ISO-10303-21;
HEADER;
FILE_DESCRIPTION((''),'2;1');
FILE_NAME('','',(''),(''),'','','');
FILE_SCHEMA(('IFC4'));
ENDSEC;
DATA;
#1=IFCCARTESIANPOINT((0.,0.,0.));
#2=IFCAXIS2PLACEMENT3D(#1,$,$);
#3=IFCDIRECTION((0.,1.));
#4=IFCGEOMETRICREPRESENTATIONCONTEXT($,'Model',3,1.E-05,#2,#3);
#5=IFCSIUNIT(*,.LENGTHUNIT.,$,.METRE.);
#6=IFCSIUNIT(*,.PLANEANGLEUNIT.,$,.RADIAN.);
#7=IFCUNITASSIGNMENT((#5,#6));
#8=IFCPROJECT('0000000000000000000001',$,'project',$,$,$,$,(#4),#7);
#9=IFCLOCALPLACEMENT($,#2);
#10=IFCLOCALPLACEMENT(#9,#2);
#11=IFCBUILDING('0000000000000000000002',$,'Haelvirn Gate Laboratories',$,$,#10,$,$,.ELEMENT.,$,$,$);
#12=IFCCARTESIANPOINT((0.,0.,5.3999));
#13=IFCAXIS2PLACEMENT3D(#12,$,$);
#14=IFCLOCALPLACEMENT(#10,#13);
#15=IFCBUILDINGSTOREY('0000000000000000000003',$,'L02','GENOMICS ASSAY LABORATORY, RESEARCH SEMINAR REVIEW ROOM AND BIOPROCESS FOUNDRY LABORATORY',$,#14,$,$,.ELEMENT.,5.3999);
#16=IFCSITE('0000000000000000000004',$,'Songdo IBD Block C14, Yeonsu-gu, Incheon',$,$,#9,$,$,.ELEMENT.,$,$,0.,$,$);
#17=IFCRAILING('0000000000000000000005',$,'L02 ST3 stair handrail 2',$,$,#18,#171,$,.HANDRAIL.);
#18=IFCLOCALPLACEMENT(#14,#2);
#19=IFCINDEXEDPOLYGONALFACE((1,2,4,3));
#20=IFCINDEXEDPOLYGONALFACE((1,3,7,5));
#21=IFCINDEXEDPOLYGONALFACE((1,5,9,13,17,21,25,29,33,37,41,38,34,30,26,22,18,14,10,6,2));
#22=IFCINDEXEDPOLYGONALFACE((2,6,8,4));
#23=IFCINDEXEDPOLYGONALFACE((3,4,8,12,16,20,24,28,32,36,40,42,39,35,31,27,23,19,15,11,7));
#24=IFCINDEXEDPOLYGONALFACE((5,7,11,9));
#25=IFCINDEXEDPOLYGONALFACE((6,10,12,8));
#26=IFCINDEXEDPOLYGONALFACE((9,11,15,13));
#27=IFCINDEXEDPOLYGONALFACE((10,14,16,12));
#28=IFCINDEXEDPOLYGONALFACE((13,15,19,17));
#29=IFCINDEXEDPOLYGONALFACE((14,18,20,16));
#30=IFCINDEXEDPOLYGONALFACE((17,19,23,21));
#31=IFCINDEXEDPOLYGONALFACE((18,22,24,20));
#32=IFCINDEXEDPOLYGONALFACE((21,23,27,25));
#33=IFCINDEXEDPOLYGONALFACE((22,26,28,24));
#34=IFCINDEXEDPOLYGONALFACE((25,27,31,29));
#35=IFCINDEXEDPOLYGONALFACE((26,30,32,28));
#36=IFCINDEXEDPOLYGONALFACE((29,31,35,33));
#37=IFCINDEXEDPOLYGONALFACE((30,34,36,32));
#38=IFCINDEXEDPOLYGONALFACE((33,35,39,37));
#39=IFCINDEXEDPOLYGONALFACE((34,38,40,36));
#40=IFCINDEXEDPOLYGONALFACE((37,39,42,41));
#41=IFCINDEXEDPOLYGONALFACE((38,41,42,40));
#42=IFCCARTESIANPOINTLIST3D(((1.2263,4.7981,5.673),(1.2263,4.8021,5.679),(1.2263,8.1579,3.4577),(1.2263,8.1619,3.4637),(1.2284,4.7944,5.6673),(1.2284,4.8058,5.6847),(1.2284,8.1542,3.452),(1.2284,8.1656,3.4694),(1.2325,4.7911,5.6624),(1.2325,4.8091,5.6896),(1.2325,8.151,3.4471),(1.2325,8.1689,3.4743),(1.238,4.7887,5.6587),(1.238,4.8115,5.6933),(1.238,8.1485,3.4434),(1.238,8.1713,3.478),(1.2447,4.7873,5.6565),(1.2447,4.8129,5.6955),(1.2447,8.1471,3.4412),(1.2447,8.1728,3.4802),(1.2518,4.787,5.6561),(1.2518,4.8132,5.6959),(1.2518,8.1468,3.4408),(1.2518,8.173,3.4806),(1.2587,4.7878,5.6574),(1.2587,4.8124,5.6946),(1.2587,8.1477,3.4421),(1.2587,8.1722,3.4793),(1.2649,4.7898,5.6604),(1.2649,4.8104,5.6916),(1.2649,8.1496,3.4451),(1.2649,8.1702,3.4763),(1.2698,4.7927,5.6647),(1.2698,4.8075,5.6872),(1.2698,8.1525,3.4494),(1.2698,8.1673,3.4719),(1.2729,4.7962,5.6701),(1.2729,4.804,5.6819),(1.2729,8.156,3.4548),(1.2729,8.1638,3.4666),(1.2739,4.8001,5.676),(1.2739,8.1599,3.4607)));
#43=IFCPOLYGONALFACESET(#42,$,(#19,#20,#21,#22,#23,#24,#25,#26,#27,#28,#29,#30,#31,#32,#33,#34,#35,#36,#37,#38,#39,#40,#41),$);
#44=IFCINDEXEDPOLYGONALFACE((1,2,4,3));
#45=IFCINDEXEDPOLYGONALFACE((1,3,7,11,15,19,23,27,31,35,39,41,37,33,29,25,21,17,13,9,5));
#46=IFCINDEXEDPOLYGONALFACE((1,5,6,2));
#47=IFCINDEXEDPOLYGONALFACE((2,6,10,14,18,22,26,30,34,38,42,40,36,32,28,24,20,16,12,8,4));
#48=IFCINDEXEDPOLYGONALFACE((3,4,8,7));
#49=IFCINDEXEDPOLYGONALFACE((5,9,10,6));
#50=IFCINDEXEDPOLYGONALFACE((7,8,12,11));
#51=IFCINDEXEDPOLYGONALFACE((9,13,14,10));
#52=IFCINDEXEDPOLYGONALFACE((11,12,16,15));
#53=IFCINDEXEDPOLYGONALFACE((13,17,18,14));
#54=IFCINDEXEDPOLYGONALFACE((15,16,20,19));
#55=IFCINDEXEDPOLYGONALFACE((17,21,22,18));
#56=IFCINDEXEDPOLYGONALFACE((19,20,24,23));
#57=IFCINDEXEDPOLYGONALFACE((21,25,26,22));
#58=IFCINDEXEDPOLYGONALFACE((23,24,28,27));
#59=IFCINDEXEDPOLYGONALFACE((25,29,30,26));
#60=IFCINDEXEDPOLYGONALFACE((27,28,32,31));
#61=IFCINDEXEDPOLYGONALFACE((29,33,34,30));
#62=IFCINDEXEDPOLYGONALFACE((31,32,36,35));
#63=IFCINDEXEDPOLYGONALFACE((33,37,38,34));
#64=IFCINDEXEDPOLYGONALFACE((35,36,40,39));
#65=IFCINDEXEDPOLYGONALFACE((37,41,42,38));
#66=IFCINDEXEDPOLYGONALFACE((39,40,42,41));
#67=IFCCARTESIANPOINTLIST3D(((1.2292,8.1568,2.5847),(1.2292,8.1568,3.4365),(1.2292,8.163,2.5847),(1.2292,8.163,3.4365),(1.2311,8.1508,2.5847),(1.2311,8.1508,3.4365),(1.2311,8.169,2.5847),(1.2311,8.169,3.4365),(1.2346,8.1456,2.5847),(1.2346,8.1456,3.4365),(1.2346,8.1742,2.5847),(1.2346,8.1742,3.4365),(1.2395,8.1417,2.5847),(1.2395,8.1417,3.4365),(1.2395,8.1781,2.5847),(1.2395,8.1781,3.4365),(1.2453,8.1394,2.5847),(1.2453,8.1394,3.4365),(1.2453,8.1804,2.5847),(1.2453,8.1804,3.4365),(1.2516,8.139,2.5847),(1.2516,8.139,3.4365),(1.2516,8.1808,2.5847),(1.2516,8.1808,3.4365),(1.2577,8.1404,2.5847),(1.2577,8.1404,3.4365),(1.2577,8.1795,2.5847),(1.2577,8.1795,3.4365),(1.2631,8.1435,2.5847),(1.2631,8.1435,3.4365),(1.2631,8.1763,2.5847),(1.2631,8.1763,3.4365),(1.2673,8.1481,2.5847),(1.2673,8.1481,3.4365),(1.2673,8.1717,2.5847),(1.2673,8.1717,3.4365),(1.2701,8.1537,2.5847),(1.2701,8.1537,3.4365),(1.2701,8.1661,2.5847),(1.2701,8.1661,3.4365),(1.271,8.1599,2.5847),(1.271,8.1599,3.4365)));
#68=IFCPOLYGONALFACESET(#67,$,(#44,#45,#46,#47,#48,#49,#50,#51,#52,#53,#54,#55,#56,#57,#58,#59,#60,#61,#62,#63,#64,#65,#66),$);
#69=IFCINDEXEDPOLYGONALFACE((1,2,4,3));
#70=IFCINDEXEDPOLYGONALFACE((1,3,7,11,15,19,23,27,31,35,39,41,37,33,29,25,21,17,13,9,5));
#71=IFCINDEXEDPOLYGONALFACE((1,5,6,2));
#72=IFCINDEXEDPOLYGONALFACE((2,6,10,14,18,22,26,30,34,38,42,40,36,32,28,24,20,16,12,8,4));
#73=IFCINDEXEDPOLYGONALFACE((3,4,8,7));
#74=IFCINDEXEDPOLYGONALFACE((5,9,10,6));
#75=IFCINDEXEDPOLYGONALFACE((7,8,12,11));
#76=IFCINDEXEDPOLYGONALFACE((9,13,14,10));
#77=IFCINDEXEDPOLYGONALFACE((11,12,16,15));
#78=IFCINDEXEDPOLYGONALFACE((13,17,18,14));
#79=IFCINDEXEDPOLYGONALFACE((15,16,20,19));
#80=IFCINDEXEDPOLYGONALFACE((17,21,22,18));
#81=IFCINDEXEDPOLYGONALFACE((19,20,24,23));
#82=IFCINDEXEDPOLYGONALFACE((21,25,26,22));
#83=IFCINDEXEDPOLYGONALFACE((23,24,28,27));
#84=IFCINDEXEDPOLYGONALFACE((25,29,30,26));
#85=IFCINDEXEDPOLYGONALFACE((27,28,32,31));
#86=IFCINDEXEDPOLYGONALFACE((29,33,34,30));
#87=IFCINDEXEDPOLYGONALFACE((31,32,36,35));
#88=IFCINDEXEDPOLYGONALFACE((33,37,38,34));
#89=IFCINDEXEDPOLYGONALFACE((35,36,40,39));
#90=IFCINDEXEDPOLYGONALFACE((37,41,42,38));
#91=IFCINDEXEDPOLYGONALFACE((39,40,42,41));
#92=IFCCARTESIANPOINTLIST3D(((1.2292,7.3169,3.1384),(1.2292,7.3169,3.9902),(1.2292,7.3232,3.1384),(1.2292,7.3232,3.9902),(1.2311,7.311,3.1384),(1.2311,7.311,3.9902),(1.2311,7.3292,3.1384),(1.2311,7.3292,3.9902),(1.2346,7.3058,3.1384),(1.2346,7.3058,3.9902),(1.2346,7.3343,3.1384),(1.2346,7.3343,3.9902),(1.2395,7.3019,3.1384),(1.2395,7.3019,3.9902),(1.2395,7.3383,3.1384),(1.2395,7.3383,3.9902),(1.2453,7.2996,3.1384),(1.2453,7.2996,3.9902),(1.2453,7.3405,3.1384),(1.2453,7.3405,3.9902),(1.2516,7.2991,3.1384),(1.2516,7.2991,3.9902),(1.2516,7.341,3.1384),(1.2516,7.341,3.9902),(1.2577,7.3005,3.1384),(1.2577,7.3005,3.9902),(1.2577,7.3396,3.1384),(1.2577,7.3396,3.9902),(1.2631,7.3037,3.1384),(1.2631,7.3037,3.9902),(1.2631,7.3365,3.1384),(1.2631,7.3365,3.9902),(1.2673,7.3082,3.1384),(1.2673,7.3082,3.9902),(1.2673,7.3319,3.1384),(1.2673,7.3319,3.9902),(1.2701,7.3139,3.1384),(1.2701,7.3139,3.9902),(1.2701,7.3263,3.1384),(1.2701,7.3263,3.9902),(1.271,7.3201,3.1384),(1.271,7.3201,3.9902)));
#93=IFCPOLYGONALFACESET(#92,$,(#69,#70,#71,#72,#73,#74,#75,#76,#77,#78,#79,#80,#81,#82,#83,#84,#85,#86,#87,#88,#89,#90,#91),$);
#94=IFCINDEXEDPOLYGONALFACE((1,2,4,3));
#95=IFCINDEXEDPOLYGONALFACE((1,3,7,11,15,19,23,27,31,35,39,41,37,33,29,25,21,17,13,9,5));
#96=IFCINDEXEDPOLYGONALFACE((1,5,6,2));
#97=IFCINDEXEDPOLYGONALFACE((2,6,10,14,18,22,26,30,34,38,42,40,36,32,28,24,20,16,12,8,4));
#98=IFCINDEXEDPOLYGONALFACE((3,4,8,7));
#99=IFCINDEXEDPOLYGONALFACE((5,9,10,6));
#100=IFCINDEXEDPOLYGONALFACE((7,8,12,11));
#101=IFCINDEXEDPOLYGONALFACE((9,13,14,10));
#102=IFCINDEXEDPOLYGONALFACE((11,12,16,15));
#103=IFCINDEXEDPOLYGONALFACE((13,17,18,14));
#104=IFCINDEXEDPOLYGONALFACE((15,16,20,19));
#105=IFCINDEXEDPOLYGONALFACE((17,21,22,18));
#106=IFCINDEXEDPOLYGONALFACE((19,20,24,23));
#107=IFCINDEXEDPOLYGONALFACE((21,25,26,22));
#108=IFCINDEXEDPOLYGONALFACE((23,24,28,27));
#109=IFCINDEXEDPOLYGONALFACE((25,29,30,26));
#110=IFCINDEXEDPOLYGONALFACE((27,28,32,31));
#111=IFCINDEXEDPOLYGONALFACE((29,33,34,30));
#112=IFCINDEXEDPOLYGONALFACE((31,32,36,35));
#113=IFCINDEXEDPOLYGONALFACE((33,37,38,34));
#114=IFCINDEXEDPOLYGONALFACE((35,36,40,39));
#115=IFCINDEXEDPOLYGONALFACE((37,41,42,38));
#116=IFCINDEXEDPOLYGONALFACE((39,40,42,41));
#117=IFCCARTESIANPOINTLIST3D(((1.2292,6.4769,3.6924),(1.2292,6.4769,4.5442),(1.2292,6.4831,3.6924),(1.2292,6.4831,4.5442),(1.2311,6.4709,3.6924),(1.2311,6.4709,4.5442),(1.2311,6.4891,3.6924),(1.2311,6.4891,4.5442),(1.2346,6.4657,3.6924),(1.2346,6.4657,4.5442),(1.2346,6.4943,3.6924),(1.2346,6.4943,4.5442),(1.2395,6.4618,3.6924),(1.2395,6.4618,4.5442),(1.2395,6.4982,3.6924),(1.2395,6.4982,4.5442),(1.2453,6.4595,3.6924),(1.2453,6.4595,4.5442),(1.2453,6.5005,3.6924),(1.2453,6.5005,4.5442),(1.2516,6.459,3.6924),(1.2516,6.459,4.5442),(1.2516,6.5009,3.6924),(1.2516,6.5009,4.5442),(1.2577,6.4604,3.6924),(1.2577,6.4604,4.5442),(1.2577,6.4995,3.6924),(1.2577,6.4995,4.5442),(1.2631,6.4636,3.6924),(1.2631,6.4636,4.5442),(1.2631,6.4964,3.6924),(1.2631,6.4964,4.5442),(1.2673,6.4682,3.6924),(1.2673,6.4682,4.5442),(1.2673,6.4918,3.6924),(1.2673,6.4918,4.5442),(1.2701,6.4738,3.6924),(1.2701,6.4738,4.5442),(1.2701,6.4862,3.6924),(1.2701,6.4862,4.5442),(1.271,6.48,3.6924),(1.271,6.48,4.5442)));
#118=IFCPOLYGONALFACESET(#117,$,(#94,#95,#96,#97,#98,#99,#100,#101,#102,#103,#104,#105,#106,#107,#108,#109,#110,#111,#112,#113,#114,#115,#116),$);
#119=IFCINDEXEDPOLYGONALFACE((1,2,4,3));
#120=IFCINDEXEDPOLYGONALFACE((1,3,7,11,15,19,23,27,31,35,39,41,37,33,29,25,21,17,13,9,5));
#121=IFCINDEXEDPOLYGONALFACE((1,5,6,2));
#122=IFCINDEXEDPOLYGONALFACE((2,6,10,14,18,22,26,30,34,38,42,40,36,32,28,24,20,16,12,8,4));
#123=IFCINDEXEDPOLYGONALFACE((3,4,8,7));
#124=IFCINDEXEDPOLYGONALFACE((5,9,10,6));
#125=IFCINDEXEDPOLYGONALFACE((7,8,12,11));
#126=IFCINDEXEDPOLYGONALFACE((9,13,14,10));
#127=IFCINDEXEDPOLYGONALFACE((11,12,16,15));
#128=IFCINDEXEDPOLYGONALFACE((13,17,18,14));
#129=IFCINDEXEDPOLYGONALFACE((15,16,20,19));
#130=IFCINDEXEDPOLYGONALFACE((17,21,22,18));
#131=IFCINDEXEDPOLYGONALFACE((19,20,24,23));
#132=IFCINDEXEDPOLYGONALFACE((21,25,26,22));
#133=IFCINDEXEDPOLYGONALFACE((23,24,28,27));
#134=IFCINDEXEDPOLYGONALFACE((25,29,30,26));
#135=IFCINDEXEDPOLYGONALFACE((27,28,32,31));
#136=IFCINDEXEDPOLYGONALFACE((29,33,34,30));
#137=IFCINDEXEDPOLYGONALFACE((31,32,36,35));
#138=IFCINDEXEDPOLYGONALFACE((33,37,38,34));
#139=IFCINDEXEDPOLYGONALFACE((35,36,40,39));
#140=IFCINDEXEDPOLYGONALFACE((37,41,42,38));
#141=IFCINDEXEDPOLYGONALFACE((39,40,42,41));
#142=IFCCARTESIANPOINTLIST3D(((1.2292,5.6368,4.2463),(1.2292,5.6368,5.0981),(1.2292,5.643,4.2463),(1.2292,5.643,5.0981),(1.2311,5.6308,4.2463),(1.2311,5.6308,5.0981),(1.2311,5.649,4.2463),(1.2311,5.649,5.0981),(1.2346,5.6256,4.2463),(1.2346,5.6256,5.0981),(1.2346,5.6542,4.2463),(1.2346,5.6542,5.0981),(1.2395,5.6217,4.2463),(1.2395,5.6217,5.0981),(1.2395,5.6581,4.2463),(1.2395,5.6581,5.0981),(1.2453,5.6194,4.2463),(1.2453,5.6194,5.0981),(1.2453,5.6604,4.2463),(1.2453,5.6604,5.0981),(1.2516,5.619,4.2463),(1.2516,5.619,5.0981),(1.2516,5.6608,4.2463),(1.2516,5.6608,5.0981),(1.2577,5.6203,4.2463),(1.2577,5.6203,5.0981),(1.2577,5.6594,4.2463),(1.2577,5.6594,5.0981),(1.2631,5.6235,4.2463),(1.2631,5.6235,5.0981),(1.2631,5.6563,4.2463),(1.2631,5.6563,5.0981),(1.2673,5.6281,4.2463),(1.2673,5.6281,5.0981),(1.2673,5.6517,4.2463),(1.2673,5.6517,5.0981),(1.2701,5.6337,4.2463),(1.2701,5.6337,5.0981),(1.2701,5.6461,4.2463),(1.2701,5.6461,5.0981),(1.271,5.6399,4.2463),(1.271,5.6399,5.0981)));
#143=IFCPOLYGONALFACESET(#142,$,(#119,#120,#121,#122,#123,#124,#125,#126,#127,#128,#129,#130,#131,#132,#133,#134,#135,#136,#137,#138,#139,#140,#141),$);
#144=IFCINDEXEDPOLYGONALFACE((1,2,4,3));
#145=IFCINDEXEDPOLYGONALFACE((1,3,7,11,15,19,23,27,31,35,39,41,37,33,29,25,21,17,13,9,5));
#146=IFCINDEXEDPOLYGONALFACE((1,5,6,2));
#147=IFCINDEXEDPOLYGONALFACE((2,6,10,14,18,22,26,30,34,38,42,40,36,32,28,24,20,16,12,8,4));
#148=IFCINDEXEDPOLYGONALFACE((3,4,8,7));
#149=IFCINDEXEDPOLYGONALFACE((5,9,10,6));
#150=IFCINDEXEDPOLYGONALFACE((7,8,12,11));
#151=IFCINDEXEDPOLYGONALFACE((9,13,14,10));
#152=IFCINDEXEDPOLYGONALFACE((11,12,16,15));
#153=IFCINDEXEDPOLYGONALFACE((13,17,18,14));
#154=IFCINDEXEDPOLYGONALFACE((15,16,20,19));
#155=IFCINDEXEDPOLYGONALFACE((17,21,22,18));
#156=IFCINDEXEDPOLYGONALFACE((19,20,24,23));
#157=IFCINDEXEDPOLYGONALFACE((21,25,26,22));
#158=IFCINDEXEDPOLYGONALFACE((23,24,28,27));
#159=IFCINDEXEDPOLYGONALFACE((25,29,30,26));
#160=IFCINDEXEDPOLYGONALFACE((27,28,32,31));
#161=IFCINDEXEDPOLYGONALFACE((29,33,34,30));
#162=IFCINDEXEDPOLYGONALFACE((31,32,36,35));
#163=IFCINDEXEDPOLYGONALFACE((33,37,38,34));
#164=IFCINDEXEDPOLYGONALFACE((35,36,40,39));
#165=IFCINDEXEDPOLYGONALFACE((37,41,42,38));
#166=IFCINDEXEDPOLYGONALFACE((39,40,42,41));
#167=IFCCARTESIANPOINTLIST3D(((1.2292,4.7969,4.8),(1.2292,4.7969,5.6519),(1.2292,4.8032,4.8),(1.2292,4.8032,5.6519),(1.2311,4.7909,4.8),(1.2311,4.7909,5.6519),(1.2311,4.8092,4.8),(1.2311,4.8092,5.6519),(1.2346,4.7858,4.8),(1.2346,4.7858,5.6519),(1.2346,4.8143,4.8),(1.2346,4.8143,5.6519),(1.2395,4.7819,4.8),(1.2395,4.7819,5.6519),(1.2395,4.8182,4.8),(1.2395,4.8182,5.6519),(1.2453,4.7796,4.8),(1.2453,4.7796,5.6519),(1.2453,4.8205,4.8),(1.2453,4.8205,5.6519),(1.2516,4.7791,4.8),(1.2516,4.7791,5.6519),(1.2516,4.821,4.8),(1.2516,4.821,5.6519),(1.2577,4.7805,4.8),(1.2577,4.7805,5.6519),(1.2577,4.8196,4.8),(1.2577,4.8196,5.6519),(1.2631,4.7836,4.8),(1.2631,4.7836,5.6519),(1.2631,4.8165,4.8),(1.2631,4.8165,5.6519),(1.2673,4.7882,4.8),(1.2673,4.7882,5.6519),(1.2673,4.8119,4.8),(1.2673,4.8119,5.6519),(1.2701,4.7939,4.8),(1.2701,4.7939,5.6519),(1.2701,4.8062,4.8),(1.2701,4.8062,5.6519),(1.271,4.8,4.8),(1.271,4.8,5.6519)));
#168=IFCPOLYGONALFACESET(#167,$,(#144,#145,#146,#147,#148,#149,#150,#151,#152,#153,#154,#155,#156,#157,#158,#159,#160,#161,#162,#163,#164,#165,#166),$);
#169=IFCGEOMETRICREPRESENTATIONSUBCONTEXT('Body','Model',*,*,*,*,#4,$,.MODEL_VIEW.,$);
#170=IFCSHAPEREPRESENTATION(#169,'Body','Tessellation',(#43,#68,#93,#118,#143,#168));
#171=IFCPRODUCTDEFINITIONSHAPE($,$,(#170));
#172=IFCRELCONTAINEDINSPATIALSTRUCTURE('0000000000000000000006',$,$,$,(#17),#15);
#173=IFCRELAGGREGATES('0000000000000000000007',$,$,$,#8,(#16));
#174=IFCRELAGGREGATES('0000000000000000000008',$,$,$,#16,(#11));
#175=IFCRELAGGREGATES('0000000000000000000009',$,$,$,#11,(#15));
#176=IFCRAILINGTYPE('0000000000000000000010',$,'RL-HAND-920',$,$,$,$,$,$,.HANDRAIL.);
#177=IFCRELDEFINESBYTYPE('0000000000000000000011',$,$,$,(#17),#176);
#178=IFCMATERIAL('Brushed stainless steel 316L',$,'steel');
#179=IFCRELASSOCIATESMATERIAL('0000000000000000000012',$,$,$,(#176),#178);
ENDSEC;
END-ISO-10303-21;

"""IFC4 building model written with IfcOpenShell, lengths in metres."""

from ifc_helpers import new_model, si_unit, direction, frame, origin, origin_2d, place, context, subcontext, project, spatial, circle, extrude, source, transform, mapped, material, type_object, type_shapes, element, save


model = new_model("IFC4")

# Units and contexts
model_context = context("Model", 3, precision=1e-05, world=origin(), true_north=direction((0.0, 1.0)))
body_context = subcontext(model_context, "Body", "Model", "MODEL_VIEW")
ifc_project = project(units=[si_unit("LENGTHUNIT", "METRE"), si_unit("PLANEANGLEUNIT", "RADIAN")], contexts=[model_context])

# Site, building, storey
site_placement = place(None, origin())
site = spatial("IfcSite", under=ifc_project, at=site_placement, Name="Songdo IBD Block C14, Yeonsu-gu, Incheon", CompositionType="ELEMENT", RefElevation=0.0)
building_placement = place(site_placement, origin())
building = spatial("IfcBuilding", under=site, at=building_placement, Name="Haelvirn Gate Laboratories", CompositionType="ELEMENT")
storey_placement = place(building_placement, frame((0.0, 0.0, 5.3999)))
storey = spatial("IfcBuildingStorey", under=building, at=storey_placement, Name="L02", Description="GENOMICS ASSAY LABORATORY, RESEARCH SEMINAR REVIEW ROOM AND BIOPROCESS FOUNDRY LABORATORY", CompositionType="ELEMENT", Elevation=5.3999)

# Railing
ifc_material_1 = material(Name="Brushed stainless steel 316L", Category="steel")
railing_type_1 = type_object("IfcRailingType", Name="RL-HAND-920", PredefinedType="HANDRAIL", material=ifc_material_1)
shared_shape_1 = source(origin(), body_context, "Body", "SweptSolid", [
    extrude(circle(Radius=0.0239, at=origin_2d()), frame((0.0, 0.0, 0.876), z_axis=(0.0, -0.834858, 0.550465), x_axis=(1.0, 0.0, 0.0)), (0.0, 0.0, 1.0), 4.0244),
    extrude(circle(Radius=0.021, at=origin_2d()), origin(), (0.0, 0.0, 1.0), 0.8518),
    extrude(circle(Radius=0.021, at=origin_2d()), frame((0.0, -0.8398, 0.5537)), (0.0, 0.0, 1.0), 0.8518),
    extrude(circle(Radius=0.021, at=origin_2d()), frame((0.0, -1.6799, 1.1077)), (0.0, 0.0, 1.0), 0.8518),
    extrude(circle(Radius=0.021, at=origin_2d()), frame((0.0, -2.52, 1.6616)), (0.0, 0.0, 1.0), 0.8518),
    extrude(circle(Radius=0.021, at=origin_2d()), frame((0.0, -3.3599, 2.2153)), (0.0, 0.0, 1.0), 0.8518),
])
type_shapes(railing_type_1, [shared_shape_1])
railing_1_placement = place(storey_placement, frame((1.25, 8.1599, 2.5847)))
element("IfcRailing", 1, at=railing_1_placement, inside=storey, type_object=railing_type_1, Name="L02 ST3 stair handrail 2", PredefinedType="HANDRAIL", context=body_context, shape_type="MappedRepresentation", body=[
    mapped(shared_shape_1, transform((0.0, 0.0, 0.0), scale=1.0)),
])

save(model, "model.ifc")
